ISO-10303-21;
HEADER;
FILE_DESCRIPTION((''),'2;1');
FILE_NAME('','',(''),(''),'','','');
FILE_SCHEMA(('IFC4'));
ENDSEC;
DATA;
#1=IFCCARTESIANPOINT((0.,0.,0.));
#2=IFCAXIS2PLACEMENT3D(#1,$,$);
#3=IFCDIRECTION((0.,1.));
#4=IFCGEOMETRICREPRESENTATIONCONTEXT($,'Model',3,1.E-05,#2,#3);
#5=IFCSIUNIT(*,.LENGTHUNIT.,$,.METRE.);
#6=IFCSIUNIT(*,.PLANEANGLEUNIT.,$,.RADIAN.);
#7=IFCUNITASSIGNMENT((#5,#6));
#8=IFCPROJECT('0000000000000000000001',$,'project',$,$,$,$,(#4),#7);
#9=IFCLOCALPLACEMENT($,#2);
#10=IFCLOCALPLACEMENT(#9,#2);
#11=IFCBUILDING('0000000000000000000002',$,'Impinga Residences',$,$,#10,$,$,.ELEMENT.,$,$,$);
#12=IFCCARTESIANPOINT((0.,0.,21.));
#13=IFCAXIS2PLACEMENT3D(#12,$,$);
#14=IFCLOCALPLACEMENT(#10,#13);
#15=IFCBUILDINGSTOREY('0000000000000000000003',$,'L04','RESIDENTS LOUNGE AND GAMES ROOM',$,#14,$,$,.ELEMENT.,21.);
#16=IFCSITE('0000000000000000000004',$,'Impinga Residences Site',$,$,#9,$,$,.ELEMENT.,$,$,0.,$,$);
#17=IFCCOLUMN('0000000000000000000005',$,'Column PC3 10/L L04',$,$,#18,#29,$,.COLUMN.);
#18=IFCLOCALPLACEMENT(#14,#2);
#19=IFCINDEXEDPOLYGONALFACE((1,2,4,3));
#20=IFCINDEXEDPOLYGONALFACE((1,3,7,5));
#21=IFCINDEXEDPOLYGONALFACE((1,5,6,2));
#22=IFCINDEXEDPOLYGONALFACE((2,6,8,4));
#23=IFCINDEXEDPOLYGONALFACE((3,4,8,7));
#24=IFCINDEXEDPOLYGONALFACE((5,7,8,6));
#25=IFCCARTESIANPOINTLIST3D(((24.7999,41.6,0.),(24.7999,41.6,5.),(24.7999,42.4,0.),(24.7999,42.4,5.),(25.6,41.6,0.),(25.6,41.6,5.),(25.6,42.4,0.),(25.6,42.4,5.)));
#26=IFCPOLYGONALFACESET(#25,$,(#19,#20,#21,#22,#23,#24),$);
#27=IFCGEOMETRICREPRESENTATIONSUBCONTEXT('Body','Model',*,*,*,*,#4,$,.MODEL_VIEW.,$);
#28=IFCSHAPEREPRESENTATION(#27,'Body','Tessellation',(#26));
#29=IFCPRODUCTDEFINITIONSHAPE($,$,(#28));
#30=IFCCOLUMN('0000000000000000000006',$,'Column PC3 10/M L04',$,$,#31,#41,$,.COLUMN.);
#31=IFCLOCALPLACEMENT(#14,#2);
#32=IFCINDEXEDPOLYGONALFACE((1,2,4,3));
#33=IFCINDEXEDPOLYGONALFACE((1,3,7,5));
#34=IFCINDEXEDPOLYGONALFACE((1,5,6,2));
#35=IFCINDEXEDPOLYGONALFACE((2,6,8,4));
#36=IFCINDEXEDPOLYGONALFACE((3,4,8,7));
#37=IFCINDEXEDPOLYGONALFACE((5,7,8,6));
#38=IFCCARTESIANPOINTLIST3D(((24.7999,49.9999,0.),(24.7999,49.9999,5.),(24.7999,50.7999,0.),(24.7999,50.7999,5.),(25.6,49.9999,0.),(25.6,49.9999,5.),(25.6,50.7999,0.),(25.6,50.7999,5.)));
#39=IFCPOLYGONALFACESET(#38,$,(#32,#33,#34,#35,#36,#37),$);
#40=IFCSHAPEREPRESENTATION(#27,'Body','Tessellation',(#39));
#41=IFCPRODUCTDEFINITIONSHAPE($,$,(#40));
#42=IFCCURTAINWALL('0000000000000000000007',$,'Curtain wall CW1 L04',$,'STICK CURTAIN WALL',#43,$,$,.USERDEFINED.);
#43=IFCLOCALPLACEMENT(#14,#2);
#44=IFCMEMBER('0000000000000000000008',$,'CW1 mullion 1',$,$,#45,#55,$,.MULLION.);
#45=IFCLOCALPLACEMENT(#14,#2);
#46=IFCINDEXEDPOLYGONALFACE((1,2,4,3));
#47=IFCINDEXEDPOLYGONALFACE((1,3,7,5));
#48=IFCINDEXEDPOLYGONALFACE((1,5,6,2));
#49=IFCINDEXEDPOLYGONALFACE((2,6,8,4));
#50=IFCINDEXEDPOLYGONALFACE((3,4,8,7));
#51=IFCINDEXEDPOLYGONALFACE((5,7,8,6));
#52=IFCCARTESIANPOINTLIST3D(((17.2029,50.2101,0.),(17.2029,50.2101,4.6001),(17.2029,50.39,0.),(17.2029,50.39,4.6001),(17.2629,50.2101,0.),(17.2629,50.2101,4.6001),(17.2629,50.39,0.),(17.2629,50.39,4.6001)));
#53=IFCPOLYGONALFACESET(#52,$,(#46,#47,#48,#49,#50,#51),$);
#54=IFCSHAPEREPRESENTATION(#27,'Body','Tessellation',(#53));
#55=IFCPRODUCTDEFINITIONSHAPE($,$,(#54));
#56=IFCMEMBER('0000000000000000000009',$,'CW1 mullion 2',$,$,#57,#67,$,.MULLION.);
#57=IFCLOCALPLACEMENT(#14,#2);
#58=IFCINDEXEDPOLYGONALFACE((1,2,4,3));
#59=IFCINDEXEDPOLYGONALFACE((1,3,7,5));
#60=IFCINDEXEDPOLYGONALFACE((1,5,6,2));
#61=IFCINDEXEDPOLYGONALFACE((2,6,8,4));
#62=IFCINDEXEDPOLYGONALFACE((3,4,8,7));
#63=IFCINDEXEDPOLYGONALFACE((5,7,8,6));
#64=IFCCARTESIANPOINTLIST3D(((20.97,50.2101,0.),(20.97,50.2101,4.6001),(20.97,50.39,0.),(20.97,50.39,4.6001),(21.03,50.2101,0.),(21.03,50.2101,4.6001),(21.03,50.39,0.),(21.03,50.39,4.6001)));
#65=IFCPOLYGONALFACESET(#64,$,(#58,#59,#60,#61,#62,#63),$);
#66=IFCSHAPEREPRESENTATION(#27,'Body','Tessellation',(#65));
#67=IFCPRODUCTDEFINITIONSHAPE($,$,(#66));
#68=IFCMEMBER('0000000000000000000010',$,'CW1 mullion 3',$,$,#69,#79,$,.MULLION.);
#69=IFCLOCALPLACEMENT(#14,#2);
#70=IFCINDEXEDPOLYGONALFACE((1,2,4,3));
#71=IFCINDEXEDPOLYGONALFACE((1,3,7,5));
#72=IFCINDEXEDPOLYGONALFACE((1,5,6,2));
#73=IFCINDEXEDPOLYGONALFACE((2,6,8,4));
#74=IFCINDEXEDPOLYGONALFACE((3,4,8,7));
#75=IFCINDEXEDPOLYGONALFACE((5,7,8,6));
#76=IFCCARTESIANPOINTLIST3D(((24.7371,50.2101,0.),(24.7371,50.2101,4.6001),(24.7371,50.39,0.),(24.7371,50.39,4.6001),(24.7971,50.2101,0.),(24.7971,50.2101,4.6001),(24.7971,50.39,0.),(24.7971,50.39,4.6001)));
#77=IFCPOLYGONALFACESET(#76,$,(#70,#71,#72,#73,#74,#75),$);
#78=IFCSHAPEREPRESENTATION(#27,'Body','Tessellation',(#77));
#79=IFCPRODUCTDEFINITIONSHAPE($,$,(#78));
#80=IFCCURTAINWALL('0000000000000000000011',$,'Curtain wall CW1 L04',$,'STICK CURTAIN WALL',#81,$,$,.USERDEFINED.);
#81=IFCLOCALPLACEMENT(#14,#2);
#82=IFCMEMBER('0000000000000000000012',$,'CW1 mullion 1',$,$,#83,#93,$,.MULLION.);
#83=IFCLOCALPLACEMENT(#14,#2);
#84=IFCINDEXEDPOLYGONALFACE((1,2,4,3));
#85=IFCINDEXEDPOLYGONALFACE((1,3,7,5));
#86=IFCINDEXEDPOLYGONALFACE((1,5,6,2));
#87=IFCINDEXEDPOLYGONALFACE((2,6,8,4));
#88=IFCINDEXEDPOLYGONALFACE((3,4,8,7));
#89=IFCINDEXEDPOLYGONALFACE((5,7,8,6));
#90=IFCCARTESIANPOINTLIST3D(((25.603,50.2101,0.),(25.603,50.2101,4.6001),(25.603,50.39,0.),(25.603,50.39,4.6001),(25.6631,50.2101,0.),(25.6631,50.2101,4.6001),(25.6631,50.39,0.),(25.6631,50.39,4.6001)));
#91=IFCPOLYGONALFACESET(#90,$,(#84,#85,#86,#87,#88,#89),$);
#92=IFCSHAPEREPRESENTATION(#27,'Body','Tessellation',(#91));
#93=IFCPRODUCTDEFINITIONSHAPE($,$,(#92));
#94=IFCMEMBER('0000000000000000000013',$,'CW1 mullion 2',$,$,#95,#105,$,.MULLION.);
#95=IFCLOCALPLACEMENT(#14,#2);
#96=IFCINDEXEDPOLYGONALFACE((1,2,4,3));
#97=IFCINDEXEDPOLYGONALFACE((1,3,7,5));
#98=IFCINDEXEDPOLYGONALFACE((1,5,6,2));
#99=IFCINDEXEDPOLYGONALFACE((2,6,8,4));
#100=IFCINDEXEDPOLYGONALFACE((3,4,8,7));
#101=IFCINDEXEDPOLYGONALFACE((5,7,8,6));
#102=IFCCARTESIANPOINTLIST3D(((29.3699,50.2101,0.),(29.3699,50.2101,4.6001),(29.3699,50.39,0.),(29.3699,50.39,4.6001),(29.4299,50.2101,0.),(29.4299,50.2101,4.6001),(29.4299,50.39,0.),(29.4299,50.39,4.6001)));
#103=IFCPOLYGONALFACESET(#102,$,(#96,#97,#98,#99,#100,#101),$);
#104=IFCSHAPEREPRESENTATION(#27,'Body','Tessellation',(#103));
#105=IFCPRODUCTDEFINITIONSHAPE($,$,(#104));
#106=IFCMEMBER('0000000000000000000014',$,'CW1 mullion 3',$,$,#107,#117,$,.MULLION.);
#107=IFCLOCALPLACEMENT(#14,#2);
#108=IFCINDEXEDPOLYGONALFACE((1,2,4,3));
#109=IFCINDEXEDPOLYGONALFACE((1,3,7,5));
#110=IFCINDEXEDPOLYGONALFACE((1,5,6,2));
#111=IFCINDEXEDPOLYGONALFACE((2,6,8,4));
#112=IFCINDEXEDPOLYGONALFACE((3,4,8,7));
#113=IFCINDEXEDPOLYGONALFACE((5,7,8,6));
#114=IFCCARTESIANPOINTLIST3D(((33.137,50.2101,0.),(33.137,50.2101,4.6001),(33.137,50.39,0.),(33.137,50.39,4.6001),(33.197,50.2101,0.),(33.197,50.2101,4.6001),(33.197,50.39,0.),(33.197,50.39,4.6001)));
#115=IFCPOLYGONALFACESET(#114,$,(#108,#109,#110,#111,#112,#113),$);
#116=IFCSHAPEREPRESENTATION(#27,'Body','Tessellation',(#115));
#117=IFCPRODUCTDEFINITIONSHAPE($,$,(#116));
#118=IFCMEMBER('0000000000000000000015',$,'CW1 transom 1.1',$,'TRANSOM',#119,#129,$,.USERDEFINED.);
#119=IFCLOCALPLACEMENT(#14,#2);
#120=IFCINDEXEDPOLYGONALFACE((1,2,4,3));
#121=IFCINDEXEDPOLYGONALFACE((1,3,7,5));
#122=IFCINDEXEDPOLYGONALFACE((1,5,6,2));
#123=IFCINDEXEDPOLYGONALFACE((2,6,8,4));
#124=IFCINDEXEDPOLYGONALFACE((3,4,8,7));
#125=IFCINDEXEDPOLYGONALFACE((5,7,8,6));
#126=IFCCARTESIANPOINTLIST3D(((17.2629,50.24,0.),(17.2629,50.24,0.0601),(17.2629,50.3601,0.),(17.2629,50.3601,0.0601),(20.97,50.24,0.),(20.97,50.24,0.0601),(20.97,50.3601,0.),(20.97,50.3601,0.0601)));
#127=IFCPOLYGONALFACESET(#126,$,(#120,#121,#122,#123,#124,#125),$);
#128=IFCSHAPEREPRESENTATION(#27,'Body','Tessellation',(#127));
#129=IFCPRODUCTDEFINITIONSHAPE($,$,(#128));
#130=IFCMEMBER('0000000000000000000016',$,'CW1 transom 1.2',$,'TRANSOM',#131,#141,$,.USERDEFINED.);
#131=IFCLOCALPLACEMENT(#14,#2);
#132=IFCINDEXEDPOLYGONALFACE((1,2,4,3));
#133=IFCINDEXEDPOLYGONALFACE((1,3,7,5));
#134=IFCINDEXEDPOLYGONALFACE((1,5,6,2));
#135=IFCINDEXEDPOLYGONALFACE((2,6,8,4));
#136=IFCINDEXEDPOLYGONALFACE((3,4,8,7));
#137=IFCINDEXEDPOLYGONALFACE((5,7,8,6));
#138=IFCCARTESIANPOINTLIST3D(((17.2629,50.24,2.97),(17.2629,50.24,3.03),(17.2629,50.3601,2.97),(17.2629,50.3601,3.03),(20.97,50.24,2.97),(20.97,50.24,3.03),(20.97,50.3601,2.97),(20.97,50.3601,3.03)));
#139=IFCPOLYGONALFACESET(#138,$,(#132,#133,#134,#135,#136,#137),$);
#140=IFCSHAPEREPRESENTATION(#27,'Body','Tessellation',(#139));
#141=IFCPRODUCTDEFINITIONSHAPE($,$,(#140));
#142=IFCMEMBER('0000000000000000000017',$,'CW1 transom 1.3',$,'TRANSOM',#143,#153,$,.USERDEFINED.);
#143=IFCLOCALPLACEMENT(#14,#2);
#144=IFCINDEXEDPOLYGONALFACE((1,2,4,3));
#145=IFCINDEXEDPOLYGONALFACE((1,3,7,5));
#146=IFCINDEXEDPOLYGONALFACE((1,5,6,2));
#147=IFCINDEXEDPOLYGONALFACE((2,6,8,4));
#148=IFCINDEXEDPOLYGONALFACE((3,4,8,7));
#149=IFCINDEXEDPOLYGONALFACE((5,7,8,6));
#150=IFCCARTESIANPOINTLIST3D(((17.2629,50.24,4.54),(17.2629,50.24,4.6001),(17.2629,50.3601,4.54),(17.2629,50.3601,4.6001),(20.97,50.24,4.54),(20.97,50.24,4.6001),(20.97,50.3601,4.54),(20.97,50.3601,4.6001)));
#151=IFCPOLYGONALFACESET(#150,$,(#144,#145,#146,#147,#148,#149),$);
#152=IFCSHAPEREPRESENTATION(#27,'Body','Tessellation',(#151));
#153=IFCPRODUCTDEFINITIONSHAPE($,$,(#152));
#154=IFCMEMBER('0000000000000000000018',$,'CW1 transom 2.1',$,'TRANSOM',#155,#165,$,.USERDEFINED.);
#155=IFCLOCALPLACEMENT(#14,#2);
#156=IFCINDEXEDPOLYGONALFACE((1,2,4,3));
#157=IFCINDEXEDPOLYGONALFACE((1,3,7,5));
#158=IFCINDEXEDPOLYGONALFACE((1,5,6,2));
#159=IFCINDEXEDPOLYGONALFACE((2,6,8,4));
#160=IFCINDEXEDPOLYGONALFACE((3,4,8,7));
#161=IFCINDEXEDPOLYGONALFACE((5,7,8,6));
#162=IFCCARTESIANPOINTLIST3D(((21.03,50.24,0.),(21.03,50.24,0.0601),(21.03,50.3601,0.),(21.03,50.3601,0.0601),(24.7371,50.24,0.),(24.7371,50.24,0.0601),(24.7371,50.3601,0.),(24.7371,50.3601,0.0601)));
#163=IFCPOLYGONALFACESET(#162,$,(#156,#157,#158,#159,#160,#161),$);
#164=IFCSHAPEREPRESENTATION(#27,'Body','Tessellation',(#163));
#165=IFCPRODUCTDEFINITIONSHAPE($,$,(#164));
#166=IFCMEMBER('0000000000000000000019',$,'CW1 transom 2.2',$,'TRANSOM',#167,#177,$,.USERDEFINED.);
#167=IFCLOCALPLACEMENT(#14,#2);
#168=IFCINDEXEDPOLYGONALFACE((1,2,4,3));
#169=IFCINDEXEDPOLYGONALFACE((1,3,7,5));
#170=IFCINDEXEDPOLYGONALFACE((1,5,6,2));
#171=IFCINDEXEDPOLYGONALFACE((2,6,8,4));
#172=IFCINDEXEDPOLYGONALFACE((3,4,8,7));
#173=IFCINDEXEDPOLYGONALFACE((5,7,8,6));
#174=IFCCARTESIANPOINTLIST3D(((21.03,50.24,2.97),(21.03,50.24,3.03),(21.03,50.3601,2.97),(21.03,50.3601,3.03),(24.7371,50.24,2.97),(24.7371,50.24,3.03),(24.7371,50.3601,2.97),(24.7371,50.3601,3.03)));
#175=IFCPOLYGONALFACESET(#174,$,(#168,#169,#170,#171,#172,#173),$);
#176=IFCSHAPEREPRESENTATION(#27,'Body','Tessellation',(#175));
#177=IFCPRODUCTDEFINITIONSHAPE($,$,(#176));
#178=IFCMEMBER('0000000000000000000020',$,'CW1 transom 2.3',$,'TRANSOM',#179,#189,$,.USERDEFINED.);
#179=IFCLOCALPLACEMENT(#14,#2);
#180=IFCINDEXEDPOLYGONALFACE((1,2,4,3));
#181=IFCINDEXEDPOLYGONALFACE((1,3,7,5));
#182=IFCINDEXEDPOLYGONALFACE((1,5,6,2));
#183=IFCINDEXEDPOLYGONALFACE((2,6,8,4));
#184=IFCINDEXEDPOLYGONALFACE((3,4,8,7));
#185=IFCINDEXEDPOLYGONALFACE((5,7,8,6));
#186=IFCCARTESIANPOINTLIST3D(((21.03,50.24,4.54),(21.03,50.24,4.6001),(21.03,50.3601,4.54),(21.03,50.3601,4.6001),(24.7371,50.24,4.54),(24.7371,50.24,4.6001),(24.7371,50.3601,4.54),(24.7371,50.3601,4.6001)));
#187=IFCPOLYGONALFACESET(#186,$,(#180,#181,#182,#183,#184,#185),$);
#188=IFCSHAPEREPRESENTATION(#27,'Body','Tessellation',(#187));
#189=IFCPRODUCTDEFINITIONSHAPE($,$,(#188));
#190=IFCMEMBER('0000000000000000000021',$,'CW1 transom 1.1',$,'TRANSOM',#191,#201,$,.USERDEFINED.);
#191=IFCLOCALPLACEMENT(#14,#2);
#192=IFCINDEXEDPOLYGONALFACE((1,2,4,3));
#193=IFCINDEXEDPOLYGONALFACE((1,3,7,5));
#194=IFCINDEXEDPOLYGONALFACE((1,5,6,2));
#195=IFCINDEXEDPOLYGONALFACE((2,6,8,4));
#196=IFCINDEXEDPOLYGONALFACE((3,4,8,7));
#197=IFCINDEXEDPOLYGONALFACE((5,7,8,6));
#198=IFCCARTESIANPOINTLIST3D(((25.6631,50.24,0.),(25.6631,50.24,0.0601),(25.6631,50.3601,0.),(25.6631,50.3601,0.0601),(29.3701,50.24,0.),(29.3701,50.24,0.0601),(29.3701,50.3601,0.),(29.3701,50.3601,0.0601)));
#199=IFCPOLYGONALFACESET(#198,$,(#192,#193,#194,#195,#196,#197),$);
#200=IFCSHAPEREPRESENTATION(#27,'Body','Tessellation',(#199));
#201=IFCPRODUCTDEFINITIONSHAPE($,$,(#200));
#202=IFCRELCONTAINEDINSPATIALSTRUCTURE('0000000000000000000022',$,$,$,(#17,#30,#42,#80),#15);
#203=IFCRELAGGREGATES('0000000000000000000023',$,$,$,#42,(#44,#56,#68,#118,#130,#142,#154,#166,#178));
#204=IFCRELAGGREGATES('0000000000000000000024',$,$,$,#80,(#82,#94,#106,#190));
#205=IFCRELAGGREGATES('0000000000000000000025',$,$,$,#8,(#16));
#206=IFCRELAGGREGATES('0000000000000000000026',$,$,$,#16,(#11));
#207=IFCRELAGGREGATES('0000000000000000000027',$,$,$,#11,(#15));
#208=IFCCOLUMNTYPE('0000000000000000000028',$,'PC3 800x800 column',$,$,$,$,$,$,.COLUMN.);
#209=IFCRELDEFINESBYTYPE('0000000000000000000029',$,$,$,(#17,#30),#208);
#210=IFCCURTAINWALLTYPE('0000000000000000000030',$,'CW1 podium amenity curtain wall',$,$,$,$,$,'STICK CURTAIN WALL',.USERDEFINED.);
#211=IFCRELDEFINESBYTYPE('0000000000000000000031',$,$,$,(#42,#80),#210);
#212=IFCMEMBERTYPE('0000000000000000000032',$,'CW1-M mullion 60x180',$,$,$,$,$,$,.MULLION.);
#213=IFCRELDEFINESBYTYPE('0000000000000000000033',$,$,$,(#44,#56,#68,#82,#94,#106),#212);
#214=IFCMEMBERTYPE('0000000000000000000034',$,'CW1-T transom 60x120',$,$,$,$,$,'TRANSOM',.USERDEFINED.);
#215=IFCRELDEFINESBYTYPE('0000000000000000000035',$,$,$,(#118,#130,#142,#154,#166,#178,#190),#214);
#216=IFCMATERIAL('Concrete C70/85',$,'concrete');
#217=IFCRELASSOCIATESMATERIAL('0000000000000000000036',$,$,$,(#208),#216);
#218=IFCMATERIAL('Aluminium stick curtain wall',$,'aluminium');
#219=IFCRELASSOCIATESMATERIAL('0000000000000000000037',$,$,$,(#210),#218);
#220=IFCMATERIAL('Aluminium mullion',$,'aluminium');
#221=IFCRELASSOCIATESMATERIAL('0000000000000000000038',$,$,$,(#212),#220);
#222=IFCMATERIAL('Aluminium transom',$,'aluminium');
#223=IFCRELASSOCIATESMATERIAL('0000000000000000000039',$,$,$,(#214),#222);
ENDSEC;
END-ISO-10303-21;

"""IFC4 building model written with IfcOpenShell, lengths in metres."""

from ifc_helpers import new_model, si_unit, direction, frame, origin, origin_2d, place, context, subcontext, project, spatial, rectangle, extrude, material, material_profile, profile_set, type_object, element, aggregate, save


model = new_model("IFC4")

# Units and contexts
model_context = context("Model", 3, precision=1e-05, world=origin(), true_north=direction((0.0, 1.0)))
body_context = subcontext(model_context, "Body", "Model", "MODEL_VIEW")
ifc_project = project(units=[si_unit("LENGTHUNIT", "METRE"), si_unit("PLANEANGLEUNIT", "RADIAN")], contexts=[model_context])

# Site, building, storey
site_placement = place(None, origin())
site = spatial("IfcSite", under=ifc_project, at=site_placement, Name="Impinga Residences Site", CompositionType="ELEMENT", RefElevation=0.0)
building_placement = place(site_placement, origin())
building = spatial("IfcBuilding", under=site, at=building_placement, Name="Impinga Residences", CompositionType="ELEMENT")
storey_placement = place(building_placement, frame((0.0, 0.0, 21.0)))
storey = spatial("IfcBuildingStorey", under=building, at=storey_placement, Name="L04", Description="RESIDENTS LOUNGE AND GAMES ROOM", CompositionType="ELEMENT", Elevation=21.0)

# Columns
ifc_material_1 = material(Name="Concrete C70/85", Category="concrete")
ifc_material_profile_1 = material_profile(ifc_material_1, rectangle(XDim=0.8, YDim=0.8, at=origin_2d()), Name="RC 800x800")
ifc_profile_set_1 = profile_set([ifc_material_profile_1], Name="Concrete C70/85")
column_type = type_object("IfcColumnType", Name="PC3 800x800 column", PredefinedType="COLUMN", material=ifc_profile_set_1)
for number, where, z_axis, x_axis, name in (
    (1, (25.2, 42.0, 0.0), (0.0, 0.0, 1.0), (1.0, 0.0, 0.0), "Column PC3 10/L L04"),
    (2, (25.2, 50.3999, 0.0), (0.0, 0.0, 1.0), (1.0, 0.0, 0.0), "Column PC3 10/M L04"),
):
    element("IfcColumn", number, at=place(storey_placement, frame(where, z_axis=z_axis, x_axis=x_axis)), inside=storey, type_object=column_type, Name=name, PredefinedType="COLUMN", context=body_context, shape_type="SweptSolid", body=[
        extrude(rectangle(XDim=0.8, YDim=0.8, at=origin_2d()), origin(), (0.0, 0.0, 1.0), 5.0),
    ])

# Curtain walls, members
ifc_material_2 = material(Name="Aluminium stick curtain wall", Category="aluminium")
curtain_wall_type = type_object("IfcCurtainWallType", Name="CW1 podium amenity curtain wall", ElementType="STICK CURTAIN WALL", PredefinedType="USERDEFINED", material=ifc_material_2)
curtain_wall_1_placement = place(storey_placement, origin())
curtain_wall_1 = element("IfcCurtainWall", 3, at=curtain_wall_1_placement, inside=storey, type_object=curtain_wall_type, Name="Curtain wall CW1 L04", ObjectType="STICK CURTAIN WALL", PredefinedType="USERDEFINED")
ifc_material_3 = material(Name="Aluminium mullion", Category="aluminium")
ifc_material_profile_2 = material_profile(ifc_material_3, rectangle(XDim=0.0601, YDim=0.1799, at=origin_2d()), Name="60x180 mullion")
ifc_profile_set_2 = profile_set([ifc_material_profile_2], Name="Aluminium mullion")
member_type_1 = type_object("IfcMemberType", Name="CW1-M mullion 60x180", PredefinedType="MULLION", material=ifc_profile_set_2)
member_1_placement = place(storey_placement, frame((17.2329, 50.3, 0.0), z_axis=(0.0, 0.0, 1.0), x_axis=(1.0, 0.0, 0.0)))
member_1 = element("IfcMember", 4, at=member_1_placement, type_object=member_type_1, Name="CW1 mullion 1", PredefinedType="MULLION", context=body_context, shape_type="SweptSolid", body=[
    extrude(rectangle(XDim=0.0601, YDim=0.1799, at=origin_2d()), origin(), (0.0, 0.0, 1.0), 4.6001),
])
member_2_placement = place(storey_placement, frame((21.0, 50.3, 0.0), z_axis=(0.0, 0.0, 1.0), x_axis=(1.0, 0.0, 0.0)))
member_2 = element("IfcMember", 5, at=member_2_placement, type_object=member_type_1, Name="CW1 mullion 2", PredefinedType="MULLION", context=body_context, shape_type="SweptSolid", body=[
    extrude(rectangle(XDim=0.0601, YDim=0.1799, at=origin_2d()), origin(), (0.0, 0.0, 1.0), 4.6001),
])
member_3_placement = place(storey_placement, frame((24.7671, 50.3, 0.0), z_axis=(0.0, 0.0, 1.0), x_axis=(1.0, 0.0, 0.0)))
member_3 = element("IfcMember", 6, at=member_3_placement, type_object=member_type_1, Name="CW1 mullion 3", PredefinedType="MULLION", context=body_context, shape_type="SweptSolid", body=[
    extrude(rectangle(XDim=0.0601, YDim=0.1799, at=origin_2d()), origin(), (0.0, 0.0, 1.0), 4.6001),
])
curtain_wall_2_placement = place(storey_placement, origin())
curtain_wall_2 = element("IfcCurtainWall", 7, at=curtain_wall_2_placement, inside=storey, type_object=curtain_wall_type, Name="Curtain wall CW1 L04", ObjectType="STICK CURTAIN WALL", PredefinedType="USERDEFINED")
member_4_placement = place(storey_placement, frame((25.6331, 50.3, 0.0), z_axis=(0.0, 0.0, 1.0), x_axis=(1.0, 0.0, 0.0)))
member_4 = element("IfcMember", 8, at=member_4_placement, type_object=member_type_1, Name="CW1 mullion 1", PredefinedType="MULLION", context=body_context, shape_type="SweptSolid", body=[
    extrude(rectangle(XDim=0.0601, YDim=0.1799, at=origin_2d()), origin(), (0.0, 0.0, 1.0), 4.6001),
])
member_5_placement = place(storey_placement, frame((29.3999, 50.3, 0.0), z_axis=(0.0, 0.0, 1.0), x_axis=(1.0, 0.0, 0.0)))
member_5 = element("IfcMember", 9, at=member_5_placement, type_object=member_type_1, Name="CW1 mullion 2", PredefinedType="MULLION", context=body_context, shape_type="SweptSolid", body=[
    extrude(rectangle(XDim=0.0601, YDim=0.1799, at=origin_2d()), origin(), (0.0, 0.0, 1.0), 4.6001),
])
member_6_placement = place(storey_placement, frame((33.167, 50.3, 0.0), z_axis=(0.0, 0.0, 1.0), x_axis=(1.0, 0.0, 0.0)))
member_6 = element("IfcMember", 10, at=member_6_placement, type_object=member_type_1, Name="CW1 mullion 3", PredefinedType="MULLION", context=body_context, shape_type="SweptSolid", body=[
    extrude(rectangle(XDim=0.0601, YDim=0.1799, at=origin_2d()), origin(), (0.0, 0.0, 1.0), 4.6001),
])

# Members
ifc_material_4 = material(Name="Aluminium transom", Category="aluminium")
ifc_material_profile_3 = material_profile(ifc_material_4, rectangle(XDim=0.0601, YDim=0.1201, at=origin_2d()), Name="60x120 transom")
ifc_profile_set_3 = profile_set([ifc_material_profile_3], Name="Aluminium transom")
member_type_2 = type_object("IfcMemberType", Name="CW1-T transom 60x120", ElementType="TRANSOM", PredefinedType="USERDEFINED", material=ifc_profile_set_3)
member_7_placement = place(storey_placement, frame((17.2629, 50.3, 0.03), z_axis=(1.0, 0.0, 0.0), x_axis=(0.0, 0.0, 1.0)))
member_7 = element("IfcMember", 11, at=member_7_placement, type_object=member_type_2, Name="CW1 transom 1.1", ObjectType="TRANSOM", PredefinedType="USERDEFINED", context=body_context, shape_type="SweptSolid", body=[
    extrude(rectangle(XDim=0.0601, YDim=0.1201, at=origin_2d()), origin(), (0.0, 0.0, 1.0), 3.707),
])
member_8_placement = place(storey_placement, frame((17.2629, 50.3, 3.0), z_axis=(1.0, 0.0, 0.0), x_axis=(0.0, 0.0, 1.0)))
member_8 = element("IfcMember", 12, at=member_8_placement, type_object=member_type_2, Name="CW1 transom 1.2", ObjectType="TRANSOM", PredefinedType="USERDEFINED", context=body_context, shape_type="SweptSolid", body=[
    extrude(rectangle(XDim=0.0601, YDim=0.1201, at=origin_2d()), origin(), (0.0, 0.0, 1.0), 3.707),
])
member_9_placement = place(storey_placement, frame((17.2629, 50.3, 4.5701), z_axis=(1.0, 0.0, 0.0), x_axis=(0.0, 0.0, 1.0)))
member_9 = element("IfcMember", 13, at=member_9_placement, type_object=member_type_2, Name="CW1 transom 1.3", ObjectType="TRANSOM", PredefinedType="USERDEFINED", context=body_context, shape_type="SweptSolid", body=[
    extrude(rectangle(XDim=0.0601, YDim=0.1201, at=origin_2d()), origin(), (0.0, 0.0, 1.0), 3.707),
])
member_10_placement = place(storey_placement, frame((21.03, 50.3, 0.03), z_axis=(1.0, 0.0, 0.0), x_axis=(0.0, 0.0, 1.0)))
member_10 = element("IfcMember", 14, at=member_10_placement, type_object=member_type_2, Name="CW1 transom 2.1", ObjectType="TRANSOM", PredefinedType="USERDEFINED", context=body_context, shape_type="SweptSolid", body=[
    extrude(rectangle(XDim=0.0601, YDim=0.1201, at=origin_2d()), origin(), (0.0, 0.0, 1.0), 3.707),
])
member_11_placement = place(storey_placement, frame((21.03, 50.3, 3.0), z_axis=(1.0, 0.0, 0.0), x_axis=(0.0, 0.0, 1.0)))
member_11 = element("IfcMember", 15, at=member_11_placement, type_object=member_type_2, Name="CW1 transom 2.2", ObjectType="TRANSOM", PredefinedType="USERDEFINED", context=body_context, shape_type="SweptSolid", body=[
    extrude(rectangle(XDim=0.0601, YDim=0.1201, at=origin_2d()), origin(), (0.0, 0.0, 1.0), 3.707),
])
member_12_placement = place(storey_placement, frame((21.03, 50.3, 4.5701), z_axis=(1.0, 0.0, 0.0), x_axis=(0.0, 0.0, 1.0)))
member_12 = element("IfcMember", 16, at=member_12_placement, type_object=member_type_2, Name="CW1 transom 2.3", ObjectType="TRANSOM", PredefinedType="USERDEFINED", context=body_context, shape_type="SweptSolid", body=[
    extrude(rectangle(XDim=0.0601, YDim=0.1201, at=origin_2d()), origin(), (0.0, 0.0, 1.0), 3.707),
])
member_13_placement = place(storey_placement, frame((25.6631, 50.3, 0.03), z_axis=(1.0, 0.0, 0.0), x_axis=(0.0, 0.0, 1.0)))
member_13 = element("IfcMember", 17, at=member_13_placement, type_object=member_type_2, Name="CW1 transom 1.1", ObjectType="TRANSOM", PredefinedType="USERDEFINED", context=body_context, shape_type="SweptSolid", body=[
    extrude(rectangle(XDim=0.0601, YDim=0.1201, at=origin_2d()), origin(), (0.0, 0.0, 1.0), 3.707),
])

aggregate(curtain_wall_1, [member_1, member_2, member_3, member_7, member_8, member_9, member_10, member_11, member_12])
aggregate(curtain_wall_2, [member_4, member_5, member_6, member_13])

save(model, "model.ifc")
